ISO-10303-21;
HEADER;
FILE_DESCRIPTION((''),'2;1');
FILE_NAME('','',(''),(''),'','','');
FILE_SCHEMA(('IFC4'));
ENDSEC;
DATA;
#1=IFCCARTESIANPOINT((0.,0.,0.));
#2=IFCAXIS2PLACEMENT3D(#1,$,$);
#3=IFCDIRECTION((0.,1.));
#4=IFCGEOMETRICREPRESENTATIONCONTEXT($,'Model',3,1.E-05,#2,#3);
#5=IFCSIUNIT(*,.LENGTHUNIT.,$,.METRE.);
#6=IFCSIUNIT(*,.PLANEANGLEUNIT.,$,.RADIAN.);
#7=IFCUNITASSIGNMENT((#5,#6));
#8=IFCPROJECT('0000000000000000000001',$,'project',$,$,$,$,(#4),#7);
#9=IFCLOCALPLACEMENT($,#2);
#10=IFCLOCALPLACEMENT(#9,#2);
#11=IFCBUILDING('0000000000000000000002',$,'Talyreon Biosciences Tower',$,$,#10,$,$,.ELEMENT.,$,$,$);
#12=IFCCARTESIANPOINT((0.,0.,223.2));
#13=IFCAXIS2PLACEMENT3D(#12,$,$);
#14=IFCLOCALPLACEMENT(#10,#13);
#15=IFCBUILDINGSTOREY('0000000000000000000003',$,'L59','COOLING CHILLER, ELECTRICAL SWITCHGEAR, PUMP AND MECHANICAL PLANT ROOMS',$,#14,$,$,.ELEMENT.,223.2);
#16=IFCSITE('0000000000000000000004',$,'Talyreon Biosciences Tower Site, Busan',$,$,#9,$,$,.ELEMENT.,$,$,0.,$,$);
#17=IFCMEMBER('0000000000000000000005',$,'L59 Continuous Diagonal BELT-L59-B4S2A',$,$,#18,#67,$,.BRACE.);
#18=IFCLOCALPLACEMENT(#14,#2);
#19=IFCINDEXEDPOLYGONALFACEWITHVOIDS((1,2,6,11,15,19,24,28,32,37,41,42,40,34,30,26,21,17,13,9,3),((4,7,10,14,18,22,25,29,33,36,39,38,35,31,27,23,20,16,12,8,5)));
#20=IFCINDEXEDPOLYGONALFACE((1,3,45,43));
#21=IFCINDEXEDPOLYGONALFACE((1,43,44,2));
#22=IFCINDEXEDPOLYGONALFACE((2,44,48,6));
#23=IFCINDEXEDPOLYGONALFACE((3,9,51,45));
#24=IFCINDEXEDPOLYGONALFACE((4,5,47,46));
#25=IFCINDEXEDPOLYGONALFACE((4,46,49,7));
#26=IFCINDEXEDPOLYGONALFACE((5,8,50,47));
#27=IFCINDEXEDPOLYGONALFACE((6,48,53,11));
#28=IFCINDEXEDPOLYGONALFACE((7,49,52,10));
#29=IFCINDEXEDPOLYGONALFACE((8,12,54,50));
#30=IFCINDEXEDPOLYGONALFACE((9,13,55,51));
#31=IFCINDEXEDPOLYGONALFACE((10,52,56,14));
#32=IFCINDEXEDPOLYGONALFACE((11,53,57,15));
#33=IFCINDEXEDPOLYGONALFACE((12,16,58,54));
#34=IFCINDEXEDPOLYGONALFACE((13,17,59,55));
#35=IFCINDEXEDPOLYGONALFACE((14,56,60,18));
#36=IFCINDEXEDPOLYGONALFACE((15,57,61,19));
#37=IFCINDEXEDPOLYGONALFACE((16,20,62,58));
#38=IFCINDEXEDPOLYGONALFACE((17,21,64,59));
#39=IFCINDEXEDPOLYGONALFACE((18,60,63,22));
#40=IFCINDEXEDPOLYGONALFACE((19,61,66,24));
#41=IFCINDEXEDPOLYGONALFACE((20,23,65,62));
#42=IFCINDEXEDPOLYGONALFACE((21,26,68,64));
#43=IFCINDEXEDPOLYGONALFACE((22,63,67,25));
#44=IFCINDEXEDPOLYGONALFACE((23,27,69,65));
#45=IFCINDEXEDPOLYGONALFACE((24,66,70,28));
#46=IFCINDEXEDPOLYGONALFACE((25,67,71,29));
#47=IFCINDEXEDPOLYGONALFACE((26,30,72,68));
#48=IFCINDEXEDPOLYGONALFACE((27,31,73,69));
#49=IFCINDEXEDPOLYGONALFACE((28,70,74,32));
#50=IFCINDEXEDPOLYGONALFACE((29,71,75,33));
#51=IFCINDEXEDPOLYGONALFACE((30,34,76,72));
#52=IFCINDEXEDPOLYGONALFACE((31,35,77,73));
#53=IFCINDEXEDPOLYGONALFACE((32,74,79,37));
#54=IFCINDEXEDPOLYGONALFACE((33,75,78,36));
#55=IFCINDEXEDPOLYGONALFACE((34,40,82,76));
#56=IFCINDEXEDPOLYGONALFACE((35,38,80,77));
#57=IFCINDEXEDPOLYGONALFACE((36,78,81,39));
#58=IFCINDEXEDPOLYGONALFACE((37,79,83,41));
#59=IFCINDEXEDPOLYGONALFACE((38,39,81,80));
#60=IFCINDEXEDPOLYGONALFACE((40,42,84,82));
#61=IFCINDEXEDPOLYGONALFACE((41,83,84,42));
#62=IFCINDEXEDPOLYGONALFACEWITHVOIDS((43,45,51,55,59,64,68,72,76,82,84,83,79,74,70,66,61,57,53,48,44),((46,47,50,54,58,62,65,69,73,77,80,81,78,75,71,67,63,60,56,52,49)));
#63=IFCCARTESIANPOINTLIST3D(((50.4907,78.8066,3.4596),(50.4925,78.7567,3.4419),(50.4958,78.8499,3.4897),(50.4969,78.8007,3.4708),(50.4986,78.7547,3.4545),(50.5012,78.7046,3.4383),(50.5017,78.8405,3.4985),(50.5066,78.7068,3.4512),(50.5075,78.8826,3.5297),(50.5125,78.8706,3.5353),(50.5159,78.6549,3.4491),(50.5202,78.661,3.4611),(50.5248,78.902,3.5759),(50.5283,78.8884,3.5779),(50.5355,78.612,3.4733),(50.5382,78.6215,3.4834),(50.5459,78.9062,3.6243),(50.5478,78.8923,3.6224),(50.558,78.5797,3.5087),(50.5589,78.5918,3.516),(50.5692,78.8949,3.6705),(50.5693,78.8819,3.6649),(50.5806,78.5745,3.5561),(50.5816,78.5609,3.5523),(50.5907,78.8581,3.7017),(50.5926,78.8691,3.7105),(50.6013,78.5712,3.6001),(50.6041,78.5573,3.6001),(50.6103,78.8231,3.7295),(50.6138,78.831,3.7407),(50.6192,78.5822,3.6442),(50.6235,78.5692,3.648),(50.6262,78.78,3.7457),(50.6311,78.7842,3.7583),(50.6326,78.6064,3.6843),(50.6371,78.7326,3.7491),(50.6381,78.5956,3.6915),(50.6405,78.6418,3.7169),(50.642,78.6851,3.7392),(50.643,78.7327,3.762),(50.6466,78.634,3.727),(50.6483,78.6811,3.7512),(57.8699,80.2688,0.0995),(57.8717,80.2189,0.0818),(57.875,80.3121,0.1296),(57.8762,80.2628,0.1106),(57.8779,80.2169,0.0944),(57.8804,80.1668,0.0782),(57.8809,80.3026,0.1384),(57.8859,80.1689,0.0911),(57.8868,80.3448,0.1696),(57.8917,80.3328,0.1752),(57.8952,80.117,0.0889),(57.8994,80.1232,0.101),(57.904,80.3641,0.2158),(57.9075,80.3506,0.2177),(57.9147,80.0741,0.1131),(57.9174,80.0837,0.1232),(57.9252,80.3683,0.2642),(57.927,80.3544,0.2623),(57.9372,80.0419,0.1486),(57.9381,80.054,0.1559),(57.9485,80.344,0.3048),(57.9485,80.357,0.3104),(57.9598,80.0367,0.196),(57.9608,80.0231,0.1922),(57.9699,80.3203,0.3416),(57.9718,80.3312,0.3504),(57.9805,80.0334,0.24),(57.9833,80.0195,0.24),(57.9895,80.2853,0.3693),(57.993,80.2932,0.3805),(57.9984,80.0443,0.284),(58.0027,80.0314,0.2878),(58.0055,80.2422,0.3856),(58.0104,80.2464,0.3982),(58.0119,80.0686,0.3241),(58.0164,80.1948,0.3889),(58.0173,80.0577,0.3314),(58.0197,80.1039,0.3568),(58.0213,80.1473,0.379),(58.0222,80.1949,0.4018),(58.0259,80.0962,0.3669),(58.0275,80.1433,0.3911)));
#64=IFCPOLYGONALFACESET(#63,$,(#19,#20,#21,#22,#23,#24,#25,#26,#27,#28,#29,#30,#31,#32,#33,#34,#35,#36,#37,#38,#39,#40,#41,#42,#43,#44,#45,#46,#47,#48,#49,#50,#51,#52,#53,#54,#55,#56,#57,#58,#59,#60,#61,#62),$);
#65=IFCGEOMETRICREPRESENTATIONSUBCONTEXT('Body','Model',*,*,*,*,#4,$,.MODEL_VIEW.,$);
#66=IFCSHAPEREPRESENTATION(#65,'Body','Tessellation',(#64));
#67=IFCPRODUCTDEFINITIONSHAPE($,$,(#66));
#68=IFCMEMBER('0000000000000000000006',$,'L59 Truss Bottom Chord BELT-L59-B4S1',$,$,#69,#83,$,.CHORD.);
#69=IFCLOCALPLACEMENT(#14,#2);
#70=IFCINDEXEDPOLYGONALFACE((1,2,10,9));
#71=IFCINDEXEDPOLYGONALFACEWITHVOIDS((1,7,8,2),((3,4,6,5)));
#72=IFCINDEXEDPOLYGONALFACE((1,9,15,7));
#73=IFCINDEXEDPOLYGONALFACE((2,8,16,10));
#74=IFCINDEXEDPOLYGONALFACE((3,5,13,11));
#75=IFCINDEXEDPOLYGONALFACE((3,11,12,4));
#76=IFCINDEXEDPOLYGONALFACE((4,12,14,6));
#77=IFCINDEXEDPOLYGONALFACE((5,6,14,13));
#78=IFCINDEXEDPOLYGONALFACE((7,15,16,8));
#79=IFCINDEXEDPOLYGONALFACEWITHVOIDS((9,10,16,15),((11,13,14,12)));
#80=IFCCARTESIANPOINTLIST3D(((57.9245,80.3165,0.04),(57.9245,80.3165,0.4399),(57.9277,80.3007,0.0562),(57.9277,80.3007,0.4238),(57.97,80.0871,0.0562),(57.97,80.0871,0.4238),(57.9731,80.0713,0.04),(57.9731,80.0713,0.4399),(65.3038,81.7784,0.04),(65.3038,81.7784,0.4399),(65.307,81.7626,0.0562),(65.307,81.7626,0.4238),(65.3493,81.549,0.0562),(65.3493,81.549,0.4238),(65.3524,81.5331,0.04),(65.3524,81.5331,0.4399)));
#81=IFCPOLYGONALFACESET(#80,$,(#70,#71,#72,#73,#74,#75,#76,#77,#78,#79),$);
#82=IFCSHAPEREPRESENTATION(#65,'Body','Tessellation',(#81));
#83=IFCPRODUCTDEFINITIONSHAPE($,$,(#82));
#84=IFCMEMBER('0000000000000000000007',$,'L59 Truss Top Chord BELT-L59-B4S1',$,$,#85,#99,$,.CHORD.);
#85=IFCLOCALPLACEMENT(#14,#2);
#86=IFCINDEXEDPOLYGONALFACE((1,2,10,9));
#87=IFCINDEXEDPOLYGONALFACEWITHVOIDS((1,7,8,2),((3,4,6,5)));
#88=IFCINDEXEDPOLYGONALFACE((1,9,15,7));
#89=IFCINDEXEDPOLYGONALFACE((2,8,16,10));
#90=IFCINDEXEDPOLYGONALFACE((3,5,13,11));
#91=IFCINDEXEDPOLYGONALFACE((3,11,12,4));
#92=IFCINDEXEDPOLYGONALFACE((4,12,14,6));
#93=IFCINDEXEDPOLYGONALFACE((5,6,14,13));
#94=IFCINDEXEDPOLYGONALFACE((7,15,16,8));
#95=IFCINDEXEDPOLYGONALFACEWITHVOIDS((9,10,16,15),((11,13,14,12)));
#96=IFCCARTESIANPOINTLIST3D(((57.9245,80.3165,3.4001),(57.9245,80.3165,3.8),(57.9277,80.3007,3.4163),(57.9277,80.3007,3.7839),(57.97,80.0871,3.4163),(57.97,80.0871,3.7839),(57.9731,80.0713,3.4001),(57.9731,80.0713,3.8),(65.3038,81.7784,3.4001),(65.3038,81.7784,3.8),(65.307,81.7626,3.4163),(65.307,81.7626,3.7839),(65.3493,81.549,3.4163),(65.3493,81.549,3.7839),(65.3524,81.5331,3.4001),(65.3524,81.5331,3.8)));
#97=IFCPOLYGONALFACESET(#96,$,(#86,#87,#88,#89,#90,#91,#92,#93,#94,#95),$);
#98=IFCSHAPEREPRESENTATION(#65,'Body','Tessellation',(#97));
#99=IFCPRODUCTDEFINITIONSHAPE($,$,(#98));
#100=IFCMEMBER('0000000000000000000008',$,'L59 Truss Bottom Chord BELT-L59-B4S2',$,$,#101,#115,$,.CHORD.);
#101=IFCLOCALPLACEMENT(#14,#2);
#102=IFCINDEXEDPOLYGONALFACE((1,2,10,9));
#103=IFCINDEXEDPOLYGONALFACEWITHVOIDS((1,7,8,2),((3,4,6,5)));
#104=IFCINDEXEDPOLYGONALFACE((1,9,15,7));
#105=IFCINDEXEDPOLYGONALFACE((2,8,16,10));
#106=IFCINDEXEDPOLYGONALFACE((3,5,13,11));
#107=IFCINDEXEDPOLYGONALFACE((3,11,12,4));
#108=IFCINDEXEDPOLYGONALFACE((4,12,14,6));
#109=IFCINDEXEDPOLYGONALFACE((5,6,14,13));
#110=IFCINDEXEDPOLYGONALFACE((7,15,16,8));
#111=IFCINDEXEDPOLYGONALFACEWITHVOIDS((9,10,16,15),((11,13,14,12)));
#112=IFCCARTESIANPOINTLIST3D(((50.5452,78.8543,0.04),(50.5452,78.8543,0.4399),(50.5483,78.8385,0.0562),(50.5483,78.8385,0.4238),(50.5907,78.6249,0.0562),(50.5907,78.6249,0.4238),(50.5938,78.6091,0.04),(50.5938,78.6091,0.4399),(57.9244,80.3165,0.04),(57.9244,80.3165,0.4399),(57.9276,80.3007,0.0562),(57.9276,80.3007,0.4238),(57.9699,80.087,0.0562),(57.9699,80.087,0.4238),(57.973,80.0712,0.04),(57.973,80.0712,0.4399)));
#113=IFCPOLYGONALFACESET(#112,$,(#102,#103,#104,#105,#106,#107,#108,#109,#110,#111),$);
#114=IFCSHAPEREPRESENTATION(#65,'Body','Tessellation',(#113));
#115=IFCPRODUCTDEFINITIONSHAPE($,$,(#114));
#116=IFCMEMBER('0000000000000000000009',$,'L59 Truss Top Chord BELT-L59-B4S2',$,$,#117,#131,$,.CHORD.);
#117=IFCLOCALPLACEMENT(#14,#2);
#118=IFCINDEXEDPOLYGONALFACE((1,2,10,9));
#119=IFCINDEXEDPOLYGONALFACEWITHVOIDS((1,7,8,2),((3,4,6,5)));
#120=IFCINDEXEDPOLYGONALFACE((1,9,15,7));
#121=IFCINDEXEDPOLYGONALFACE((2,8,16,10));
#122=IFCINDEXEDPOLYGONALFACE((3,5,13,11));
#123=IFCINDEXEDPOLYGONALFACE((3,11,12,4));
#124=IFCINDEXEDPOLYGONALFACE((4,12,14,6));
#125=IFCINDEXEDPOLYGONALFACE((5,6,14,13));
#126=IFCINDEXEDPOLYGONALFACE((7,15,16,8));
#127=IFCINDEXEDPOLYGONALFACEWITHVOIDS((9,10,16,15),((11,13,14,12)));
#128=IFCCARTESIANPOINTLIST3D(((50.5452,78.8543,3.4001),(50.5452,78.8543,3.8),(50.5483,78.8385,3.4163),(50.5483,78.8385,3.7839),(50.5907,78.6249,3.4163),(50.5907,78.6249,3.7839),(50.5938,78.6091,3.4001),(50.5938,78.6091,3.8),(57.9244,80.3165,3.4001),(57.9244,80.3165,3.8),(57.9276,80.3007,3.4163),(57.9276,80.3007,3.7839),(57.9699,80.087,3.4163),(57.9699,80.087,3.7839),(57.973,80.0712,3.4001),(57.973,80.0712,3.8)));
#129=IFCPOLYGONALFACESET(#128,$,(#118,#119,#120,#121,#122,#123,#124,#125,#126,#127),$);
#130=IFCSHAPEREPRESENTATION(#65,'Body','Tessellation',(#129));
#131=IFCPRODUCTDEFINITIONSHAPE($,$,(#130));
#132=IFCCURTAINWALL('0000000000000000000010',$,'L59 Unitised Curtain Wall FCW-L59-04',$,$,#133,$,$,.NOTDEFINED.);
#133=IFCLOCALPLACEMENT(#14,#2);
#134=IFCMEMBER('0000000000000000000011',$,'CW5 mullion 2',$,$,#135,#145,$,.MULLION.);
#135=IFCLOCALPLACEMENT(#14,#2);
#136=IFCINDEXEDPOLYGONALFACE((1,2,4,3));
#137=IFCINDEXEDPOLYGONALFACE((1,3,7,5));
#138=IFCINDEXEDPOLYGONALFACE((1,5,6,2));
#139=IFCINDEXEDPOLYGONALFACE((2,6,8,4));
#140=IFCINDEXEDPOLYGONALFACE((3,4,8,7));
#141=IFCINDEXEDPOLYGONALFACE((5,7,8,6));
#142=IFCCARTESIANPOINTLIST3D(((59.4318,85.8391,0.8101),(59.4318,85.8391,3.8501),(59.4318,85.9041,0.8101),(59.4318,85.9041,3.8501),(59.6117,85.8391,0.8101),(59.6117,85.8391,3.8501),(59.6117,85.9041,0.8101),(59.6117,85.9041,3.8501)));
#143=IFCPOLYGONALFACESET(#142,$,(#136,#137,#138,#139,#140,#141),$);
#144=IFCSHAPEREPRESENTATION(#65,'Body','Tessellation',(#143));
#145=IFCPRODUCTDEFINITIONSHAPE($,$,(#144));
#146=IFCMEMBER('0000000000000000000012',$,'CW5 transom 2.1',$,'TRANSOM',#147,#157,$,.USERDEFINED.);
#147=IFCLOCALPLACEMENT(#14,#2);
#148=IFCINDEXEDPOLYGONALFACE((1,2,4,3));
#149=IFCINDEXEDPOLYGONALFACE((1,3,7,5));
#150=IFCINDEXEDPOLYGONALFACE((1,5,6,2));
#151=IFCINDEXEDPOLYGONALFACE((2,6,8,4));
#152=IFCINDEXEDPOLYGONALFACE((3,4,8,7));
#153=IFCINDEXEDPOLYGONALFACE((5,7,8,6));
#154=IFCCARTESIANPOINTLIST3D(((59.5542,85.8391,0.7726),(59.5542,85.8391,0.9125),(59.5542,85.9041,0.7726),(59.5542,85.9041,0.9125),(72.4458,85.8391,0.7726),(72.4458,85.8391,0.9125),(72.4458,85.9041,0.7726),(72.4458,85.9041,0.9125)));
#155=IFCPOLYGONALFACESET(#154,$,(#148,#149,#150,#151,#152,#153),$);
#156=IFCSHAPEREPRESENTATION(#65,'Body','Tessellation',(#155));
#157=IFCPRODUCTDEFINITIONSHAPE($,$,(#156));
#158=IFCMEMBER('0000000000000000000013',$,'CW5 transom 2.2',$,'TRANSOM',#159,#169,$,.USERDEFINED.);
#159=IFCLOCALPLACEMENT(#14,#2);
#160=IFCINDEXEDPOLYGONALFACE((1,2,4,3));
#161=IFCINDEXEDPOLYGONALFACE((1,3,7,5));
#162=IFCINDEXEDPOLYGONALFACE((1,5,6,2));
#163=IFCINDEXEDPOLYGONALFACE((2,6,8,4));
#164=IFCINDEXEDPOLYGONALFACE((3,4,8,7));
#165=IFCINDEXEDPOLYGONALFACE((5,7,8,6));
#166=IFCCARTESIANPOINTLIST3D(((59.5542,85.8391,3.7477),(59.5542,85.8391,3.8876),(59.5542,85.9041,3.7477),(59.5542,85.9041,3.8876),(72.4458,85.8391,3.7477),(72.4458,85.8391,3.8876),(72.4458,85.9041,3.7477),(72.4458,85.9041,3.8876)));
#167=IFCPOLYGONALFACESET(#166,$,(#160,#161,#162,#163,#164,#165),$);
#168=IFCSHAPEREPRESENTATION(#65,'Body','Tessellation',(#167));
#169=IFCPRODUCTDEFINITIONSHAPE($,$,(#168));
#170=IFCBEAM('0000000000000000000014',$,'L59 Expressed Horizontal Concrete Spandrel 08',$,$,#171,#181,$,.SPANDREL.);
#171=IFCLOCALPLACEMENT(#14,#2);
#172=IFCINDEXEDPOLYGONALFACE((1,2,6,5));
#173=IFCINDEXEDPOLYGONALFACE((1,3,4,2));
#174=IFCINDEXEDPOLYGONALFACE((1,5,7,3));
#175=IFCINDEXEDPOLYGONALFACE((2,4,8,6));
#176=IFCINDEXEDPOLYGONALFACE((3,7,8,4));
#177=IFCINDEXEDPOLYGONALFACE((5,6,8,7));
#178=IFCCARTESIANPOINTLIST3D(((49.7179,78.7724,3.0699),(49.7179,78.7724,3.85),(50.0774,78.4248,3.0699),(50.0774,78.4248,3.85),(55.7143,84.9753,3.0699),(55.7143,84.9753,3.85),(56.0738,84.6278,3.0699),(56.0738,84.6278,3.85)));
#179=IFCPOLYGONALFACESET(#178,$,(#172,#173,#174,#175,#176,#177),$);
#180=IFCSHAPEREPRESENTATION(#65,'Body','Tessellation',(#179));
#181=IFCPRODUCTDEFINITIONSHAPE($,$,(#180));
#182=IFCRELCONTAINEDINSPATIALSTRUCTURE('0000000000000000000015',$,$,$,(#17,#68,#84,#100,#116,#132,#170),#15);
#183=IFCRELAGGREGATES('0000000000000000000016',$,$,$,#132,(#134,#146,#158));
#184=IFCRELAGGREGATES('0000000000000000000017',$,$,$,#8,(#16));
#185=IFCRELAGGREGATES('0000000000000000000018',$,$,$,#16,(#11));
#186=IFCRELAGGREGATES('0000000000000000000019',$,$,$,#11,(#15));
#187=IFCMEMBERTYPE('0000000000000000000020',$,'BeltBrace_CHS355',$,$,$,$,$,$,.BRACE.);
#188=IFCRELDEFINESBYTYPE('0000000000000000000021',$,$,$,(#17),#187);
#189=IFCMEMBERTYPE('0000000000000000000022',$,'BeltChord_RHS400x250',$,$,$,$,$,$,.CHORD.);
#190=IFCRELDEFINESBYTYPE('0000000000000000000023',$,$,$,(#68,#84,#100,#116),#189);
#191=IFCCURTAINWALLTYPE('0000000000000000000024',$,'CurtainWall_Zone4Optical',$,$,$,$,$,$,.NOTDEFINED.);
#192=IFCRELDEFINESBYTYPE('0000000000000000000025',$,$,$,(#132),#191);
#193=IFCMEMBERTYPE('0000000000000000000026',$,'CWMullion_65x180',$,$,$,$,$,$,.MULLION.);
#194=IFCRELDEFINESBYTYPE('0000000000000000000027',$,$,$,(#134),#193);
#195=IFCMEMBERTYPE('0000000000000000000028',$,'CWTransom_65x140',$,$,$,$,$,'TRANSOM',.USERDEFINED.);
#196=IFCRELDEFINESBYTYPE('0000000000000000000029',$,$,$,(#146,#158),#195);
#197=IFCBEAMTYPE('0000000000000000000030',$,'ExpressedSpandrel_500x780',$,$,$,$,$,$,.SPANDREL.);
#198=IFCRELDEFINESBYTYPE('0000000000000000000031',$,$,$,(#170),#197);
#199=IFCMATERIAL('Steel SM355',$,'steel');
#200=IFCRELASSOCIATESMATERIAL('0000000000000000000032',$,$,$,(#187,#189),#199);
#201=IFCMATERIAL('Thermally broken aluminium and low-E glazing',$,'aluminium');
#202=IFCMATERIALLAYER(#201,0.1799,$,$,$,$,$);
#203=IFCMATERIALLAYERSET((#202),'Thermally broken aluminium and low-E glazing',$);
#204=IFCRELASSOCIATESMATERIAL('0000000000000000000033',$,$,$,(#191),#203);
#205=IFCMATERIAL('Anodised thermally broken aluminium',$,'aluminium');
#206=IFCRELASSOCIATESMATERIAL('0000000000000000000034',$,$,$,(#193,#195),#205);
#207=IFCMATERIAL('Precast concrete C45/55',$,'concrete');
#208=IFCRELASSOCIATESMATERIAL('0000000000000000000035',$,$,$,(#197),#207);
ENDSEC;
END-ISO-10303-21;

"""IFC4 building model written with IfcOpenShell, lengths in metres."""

from ifc_helpers import new_model, si_unit, direction, frame, origin, origin_2d, place, context, subcontext, project, spatial, rectangle, hollow_rectangle, hollow_circle, extrude, material, layer, layer_set, material_profile, profile_set, type_object, element, aggregate, save


model = new_model("IFC4")

# Units and contexts
model_context = context("Model", 3, precision=1e-05, world=origin(), true_north=direction((0.0, 1.0)))
body_context = subcontext(model_context, "Body", "Model", "MODEL_VIEW")
ifc_project = project(units=[si_unit("LENGTHUNIT", "METRE"), si_unit("PLANEANGLEUNIT", "RADIAN")], contexts=[model_context])

# Site, building, storey
site_placement = place(None, origin())
site = spatial("IfcSite", under=ifc_project, at=site_placement, Name="Talyreon Biosciences Tower Site, Busan", CompositionType="ELEMENT", RefElevation=0.0)
building_placement = place(site_placement, origin())
building = spatial("IfcBuilding", under=site, at=building_placement, Name="Talyreon Biosciences Tower", CompositionType="ELEMENT")
storey_placement = place(building_placement, frame((0.0, 0.0, 223.2)))
storey = spatial("IfcBuildingStorey", under=building, at=storey_placement, Name="L59", Description="COOLING CHILLER, ELECTRICAL SWITCHGEAR, PUMP AND MECHANICAL PLANT ROOMS", CompositionType="ELEMENT", Elevation=223.2)

# Members
ifc_material_1 = material(Name="Steel SM355", Category="steel")
ifc_material_profile_1 = material_profile(ifc_material_1, hollow_circle(Radius=0.1777, WallThickness=0.0142, at=origin_2d()), Name="CHS 355.6x14.2")
ifc_profile_set_1 = profile_set([ifc_material_profile_1], Name="Steel SM355")
member_type_1 = type_object("IfcMemberType", Name="BeltBrace_CHS355", PredefinedType="BRACE", material=ifc_profile_set_1)
member_1_placement = place(storey_placement, frame((57.9487, 80.1938, 0.24), z_axis=(-0.895643, -0.177469, 0.407833), x_axis=(0.194368, -0.980929, 0.0)))
element("IfcMember", 1, at=member_1_placement, inside=storey, type_object=member_type_1, Name="L59 Continuous Diagonal BELT-L59-B4S2A", PredefinedType="BRACE", context=body_context, shape_type="SweptSolid", body=[
    extrude(hollow_circle(Radius=0.1777, WallThickness=0.0142, at=origin_2d()), origin(), (0.0, 0.0, 1.0), 8.239),
])
ifc_material_profile_2 = material_profile(ifc_material_1, hollow_rectangle(XDim=0.25, YDim=0.3999, WallThickness=0.0161, at=origin_2d()), Name="RHS 400x250x16")
ifc_profile_set_2 = profile_set([ifc_material_profile_2], Name="Steel SM355")
member_type_2 = type_object("IfcMemberType", Name="BeltChord_RHS400x250", PredefinedType="CHORD", material=ifc_profile_set_2)
for number, where, z_axis, x_axis, name in (
    (2, (65.3281, 81.6558, 0.24), (-0.980936, -0.194331, 0.0), (0.194331, -0.980936, 0.0), "L59 Truss Bottom Chord BELT-L59-B4S1"),
    (3, (65.3281, 81.6558, 3.6001), (-0.980936, -0.194331, 0.0), (0.194331, -0.980936, 0.0), "L59 Truss Top Chord BELT-L59-B4S1"),
    (4, (57.9487, 80.1938, 0.24), (-0.980929, -0.194368, 0.0), (0.194368, -0.980929, 0.0), "L59 Truss Bottom Chord BELT-L59-B4S2"),
    (5, (57.9487, 80.1938, 3.6001), (-0.980929, -0.194368, 0.0), (0.194368, -0.980929, 0.0), "L59 Truss Top Chord BELT-L59-B4S2"),
):
    element("IfcMember", number, at=place(storey_placement, frame(where, z_axis=z_axis, x_axis=x_axis)), inside=storey, type_object=member_type_2, Name=name, PredefinedType="CHORD", context=body_context, shape_type="SweptSolid", body=[
        extrude(hollow_rectangle(XDim=0.25, YDim=0.3999, WallThickness=0.0161, at=origin_2d()), origin(), (0.0, 0.0, 1.0), 7.5227),
    ])

# Curtain wall, members
ifc_material_2 = material(Name="Thermally broken aluminium and low-E glazing", Category="aluminium")
ifc_layer_1 = layer(ifc_material_2, 0.1799)
ifc_layer_set_1 = layer_set([ifc_layer_1], Name="Thermally broken aluminium and low-E glazing")
curtain_wall_type = type_object("IfcCurtainWallType", Name="CurtainWall_Zone4Optical", PredefinedType="NOTDEFINED", material=ifc_layer_set_1)
curtain_wall_placement = place(storey_placement, origin())
curtain_wall = element("IfcCurtainWall", 6, at=curtain_wall_placement, inside=storey, type_object=curtain_wall_type, Name="L59 Unitised Curtain Wall FCW-L59-04", PredefinedType="NOTDEFINED")
ifc_material_3 = material(Name="Anodised thermally broken aluminium", Category="aluminium")
ifc_material_profile_3 = material_profile(ifc_material_3, rectangle(XDim=0.0649, YDim=0.1799, at=origin_2d()), Name="ALUM MULLION 65x180")
ifc_profile_set_3 = profile_set([ifc_material_profile_3], Name="Anodised thermally broken aluminium")
member_type_3 = type_object("IfcMemberType", Name="CWMullion_65x180", PredefinedType="MULLION", material=ifc_profile_set_3)
member_2_placement = place(storey_placement, frame((59.5217, 85.8716, 0.8101), z_axis=(0.0, 0.0, 1.0), x_axis=(0.0, 1.0, 0.0)))
member_2 = element("IfcMember", 7, at=member_2_placement, type_object=member_type_3, Name="CW5 mullion 2", PredefinedType="MULLION", context=body_context, shape_type="SweptSolid", body=[
    extrude(rectangle(XDim=0.0649, YDim=0.1799, at=origin_2d()), origin(), (0.0, 0.0, 1.0), 3.04),
])
ifc_material_profile_4 = material_profile(ifc_material_3, rectangle(XDim=0.0649, YDim=0.1399, at=origin_2d()), Name="ALUM TRANSOM 65x140")
ifc_profile_set_4 = profile_set([ifc_material_profile_4], Name="Anodised thermally broken aluminium")
member_type_4 = type_object("IfcMemberType", Name="CWTransom_65x140", ElementType="TRANSOM", PredefinedType="USERDEFINED", material=ifc_profile_set_4)
member_3_placement = place(storey_placement, frame((59.5542, 85.8716, 0.8425), z_axis=(1.0, 0.0, 0.0), x_axis=(0.0, 1.0, 0.0)))
member_3 = element("IfcMember", 8, at=member_3_placement, type_object=member_type_4, Name="CW5 transom 2.1", ObjectType="TRANSOM", PredefinedType="USERDEFINED", context=body_context, shape_type="SweptSolid", body=[
    extrude(rectangle(XDim=0.0649, YDim=0.1399, at=origin_2d()), origin(), (0.0, 0.0, 1.0), 12.8916),
])
member_4_placement = place(storey_placement, frame((59.5542, 85.8716, 3.8176), z_axis=(1.0, 0.0, 0.0), x_axis=(0.0, 1.0, 0.0)))
member_4 = element("IfcMember", 9, at=member_4_placement, type_object=member_type_4, Name="CW5 transom 2.2", ObjectType="TRANSOM", PredefinedType="USERDEFINED", context=body_context, shape_type="SweptSolid", body=[
    extrude(rectangle(XDim=0.0649, YDim=0.1399, at=origin_2d()), origin(), (0.0, 0.0, 1.0), 12.8916),
])
aggregate(curtain_wall, [member_2, member_3, member_4])

# Beam
ifc_material_4 = material(Name="Precast concrete C45/55", Category="concrete")
ifc_material_profile_5 = material_profile(ifc_material_4, rectangle(XDim=0.5, YDim=0.78, at=origin_2d()), Name="RCB 500x780")
ifc_profile_set_5 = profile_set([ifc_material_profile_5], Name="Precast concrete C45/55")
beam_type = type_object("IfcBeamType", Name="ExpressedSpandrel_500x780", PredefinedType="SPANDREL", material=ifc_profile_set_5)
beam_placement = place(storey_placement, frame((55.894, 84.8015, 3.46), z_axis=(-0.695035, -0.718976, 0.0), x_axis=(0.718976, -0.695035, 0.0)))
element("IfcBeam", 10, at=beam_placement, inside=storey, type_object=beam_type, Name="L59 Expressed Horizontal Concrete Spandrel 08", PredefinedType="SPANDREL", context=body_context, shape_type="SweptSolid", body=[
    extrude(rectangle(XDim=0.5, YDim=0.78, at=origin_2d()), origin(), (0.0, 0.0, 1.0), 8.6274),
])

save(model, "model.ifc")
